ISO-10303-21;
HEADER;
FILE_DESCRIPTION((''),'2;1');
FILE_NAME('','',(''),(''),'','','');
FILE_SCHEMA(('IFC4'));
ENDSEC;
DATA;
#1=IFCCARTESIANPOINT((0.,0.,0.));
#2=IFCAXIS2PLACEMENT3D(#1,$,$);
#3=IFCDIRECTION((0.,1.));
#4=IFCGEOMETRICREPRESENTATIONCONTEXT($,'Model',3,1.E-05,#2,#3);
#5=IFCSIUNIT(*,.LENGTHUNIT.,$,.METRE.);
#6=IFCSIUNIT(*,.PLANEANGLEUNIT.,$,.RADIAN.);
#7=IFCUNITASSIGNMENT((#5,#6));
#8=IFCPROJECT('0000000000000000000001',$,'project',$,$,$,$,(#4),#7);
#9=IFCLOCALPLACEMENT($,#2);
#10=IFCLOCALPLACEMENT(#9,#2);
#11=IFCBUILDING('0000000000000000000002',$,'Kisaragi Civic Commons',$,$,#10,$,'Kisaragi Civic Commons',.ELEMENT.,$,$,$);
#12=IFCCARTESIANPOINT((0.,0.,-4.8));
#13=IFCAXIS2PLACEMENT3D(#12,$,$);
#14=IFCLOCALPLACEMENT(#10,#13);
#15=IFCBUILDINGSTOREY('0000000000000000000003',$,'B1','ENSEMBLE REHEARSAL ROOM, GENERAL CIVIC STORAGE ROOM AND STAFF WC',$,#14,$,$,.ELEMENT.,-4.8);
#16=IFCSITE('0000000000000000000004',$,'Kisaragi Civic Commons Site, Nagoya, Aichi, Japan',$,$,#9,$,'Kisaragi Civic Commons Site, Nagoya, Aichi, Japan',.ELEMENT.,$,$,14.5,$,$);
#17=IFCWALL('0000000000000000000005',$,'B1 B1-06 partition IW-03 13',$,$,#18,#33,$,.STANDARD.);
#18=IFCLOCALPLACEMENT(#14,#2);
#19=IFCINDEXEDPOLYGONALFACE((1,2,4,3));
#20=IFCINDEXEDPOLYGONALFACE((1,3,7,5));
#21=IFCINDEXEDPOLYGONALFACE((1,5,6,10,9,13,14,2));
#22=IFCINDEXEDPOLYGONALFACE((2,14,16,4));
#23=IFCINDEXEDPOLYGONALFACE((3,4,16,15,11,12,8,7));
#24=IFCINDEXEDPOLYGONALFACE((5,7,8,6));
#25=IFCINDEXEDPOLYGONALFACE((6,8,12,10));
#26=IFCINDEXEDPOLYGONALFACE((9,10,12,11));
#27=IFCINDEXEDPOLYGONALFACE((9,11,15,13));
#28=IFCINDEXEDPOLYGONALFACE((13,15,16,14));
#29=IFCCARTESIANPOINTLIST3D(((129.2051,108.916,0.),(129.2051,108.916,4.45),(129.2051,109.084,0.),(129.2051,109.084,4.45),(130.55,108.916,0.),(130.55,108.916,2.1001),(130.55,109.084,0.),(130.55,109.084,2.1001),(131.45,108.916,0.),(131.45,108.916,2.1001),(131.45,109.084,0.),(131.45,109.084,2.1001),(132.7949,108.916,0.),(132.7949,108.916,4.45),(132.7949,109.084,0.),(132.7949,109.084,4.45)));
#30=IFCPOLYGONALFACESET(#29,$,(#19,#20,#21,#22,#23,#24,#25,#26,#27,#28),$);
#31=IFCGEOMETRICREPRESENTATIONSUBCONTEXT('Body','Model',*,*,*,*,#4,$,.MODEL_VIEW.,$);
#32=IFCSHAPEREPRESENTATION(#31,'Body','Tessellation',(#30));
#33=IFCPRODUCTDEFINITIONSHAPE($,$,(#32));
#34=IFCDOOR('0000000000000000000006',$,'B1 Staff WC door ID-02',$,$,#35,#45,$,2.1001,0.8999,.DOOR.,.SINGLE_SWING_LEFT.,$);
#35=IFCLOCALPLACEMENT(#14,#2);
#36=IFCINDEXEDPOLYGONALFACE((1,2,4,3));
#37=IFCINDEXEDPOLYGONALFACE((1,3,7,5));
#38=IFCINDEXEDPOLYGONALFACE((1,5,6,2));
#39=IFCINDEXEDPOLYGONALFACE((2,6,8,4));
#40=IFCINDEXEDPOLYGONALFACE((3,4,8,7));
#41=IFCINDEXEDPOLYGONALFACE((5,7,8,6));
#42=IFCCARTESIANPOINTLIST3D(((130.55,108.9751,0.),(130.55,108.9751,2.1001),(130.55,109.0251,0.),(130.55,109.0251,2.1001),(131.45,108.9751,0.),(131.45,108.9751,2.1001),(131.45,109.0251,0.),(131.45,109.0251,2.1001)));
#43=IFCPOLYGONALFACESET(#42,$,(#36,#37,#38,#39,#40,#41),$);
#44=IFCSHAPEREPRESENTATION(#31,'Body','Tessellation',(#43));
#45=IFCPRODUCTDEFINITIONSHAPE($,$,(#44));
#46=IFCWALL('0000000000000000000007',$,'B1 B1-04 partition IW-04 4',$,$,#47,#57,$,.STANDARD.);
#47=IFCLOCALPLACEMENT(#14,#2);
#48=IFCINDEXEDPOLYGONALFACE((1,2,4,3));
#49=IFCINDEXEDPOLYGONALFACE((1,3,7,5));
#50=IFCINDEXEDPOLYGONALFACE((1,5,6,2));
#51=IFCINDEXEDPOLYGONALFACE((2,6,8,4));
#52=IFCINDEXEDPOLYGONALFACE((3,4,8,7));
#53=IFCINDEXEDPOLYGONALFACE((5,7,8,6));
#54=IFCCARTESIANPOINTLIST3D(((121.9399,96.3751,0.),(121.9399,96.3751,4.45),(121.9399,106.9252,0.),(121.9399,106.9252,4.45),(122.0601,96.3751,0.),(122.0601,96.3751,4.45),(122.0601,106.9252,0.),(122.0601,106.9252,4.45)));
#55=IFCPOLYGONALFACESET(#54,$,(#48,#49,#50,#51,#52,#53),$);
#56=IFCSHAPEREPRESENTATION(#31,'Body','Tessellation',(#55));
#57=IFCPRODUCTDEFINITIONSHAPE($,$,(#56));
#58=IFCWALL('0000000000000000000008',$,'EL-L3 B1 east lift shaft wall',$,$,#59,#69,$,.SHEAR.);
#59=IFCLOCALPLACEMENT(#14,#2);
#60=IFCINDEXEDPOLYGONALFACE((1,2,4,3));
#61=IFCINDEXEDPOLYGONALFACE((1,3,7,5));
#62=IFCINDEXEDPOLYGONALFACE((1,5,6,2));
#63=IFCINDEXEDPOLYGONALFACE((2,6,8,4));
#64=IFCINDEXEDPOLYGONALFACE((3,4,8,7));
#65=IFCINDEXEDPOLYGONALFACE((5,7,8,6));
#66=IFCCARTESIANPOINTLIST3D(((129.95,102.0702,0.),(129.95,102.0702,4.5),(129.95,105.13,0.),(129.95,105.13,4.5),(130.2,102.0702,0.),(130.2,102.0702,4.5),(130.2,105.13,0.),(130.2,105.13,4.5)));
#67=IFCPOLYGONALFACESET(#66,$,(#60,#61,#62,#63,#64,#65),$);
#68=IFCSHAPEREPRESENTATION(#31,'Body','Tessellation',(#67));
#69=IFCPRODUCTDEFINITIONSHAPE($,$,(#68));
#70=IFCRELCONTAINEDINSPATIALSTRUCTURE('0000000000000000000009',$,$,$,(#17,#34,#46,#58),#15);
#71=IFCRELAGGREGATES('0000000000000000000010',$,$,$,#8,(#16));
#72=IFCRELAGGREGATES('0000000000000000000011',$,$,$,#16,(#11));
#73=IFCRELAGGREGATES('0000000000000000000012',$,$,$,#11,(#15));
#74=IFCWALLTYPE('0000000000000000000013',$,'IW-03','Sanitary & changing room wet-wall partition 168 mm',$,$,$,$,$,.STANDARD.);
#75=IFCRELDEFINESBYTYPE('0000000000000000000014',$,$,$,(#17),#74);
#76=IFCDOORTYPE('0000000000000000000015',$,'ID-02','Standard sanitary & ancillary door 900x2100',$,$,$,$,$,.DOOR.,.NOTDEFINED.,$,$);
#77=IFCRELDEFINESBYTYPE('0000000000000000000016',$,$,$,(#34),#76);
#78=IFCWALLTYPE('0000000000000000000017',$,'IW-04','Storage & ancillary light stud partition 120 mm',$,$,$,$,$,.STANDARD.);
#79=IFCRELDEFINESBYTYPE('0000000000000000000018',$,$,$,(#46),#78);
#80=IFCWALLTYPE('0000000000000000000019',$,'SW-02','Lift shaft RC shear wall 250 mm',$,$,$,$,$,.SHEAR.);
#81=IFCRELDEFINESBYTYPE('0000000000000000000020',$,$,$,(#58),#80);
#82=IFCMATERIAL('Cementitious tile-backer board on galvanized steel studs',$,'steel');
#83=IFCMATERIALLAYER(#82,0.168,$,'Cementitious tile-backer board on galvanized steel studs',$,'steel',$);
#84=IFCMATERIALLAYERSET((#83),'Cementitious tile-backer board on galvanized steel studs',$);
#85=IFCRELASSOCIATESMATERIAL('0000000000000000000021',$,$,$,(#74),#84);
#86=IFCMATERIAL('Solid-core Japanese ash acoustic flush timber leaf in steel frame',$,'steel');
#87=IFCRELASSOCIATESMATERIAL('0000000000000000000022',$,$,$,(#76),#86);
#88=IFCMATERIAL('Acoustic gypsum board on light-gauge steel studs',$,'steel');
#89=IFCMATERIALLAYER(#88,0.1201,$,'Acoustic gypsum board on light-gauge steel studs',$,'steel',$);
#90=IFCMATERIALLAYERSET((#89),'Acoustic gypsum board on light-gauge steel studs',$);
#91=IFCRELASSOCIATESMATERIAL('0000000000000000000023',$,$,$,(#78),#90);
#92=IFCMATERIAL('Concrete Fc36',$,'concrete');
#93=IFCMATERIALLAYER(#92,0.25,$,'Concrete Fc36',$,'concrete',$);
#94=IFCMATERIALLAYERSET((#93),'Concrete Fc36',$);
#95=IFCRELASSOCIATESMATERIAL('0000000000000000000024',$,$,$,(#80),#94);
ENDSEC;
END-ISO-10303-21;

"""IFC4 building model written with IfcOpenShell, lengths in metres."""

from ifc_helpers import new_model, si_unit, direction, frame, frame_2d, origin, place, context, subcontext, project, spatial, rectangle, extrude, material, layer, layer_set, type_object, element, fill, save


model = new_model("IFC4")

# Units and contexts
model_context = context("Model", 3, precision=1e-05, world=origin(), true_north=direction((0.0, 1.0)))
body_context = subcontext(model_context, "Body", "Model", "MODEL_VIEW")
ifc_project = project(units=[si_unit("LENGTHUNIT", "METRE"), si_unit("PLANEANGLEUNIT", "RADIAN")], contexts=[model_context])

# Site, building, storey
site_placement = place(None, origin())
site = spatial("IfcSite", under=ifc_project, at=site_placement, Name="Kisaragi Civic Commons Site, Nagoya, Aichi, Japan", LongName="Kisaragi Civic Commons Site, Nagoya, Aichi, Japan", CompositionType="ELEMENT", RefElevation=14.5)
building_placement = place(site_placement, origin())
building = spatial("IfcBuilding", under=site, at=building_placement, Name="Kisaragi Civic Commons", LongName="Kisaragi Civic Commons", CompositionType="ELEMENT")
storey_placement = place(building_placement, frame((0.0, 0.0, -4.8)))
storey = spatial("IfcBuildingStorey", under=building, at=storey_placement, Name="B1", Description="ENSEMBLE REHEARSAL ROOM, GENERAL CIVIC STORAGE ROOM AND STAFF WC", CompositionType="ELEMENT", Elevation=-4.8)

# Shared definitions
ifc_material_1 = material(Name="Concrete Fc36", Category="concrete")

# Shared definitions
ifc_material_2 = material(Name="Cementitious tile-backer board on galvanized steel studs", Category="steel")
ifc_layer_1 = layer(ifc_material_2, 0.168, Name="Cementitious tile-backer board on galvanized steel studs", Category="steel")
ifc_layer_set_1 = layer_set([ifc_layer_1], Name="Cementitious tile-backer board on galvanized steel studs")
wall_type_1 = type_object("IfcWallType", Name="IW-03", Description="Sanitary & changing room wet-wall partition 168 mm", PredefinedType="STANDARD", material=ifc_layer_set_1)

# Wall, opening, door
ifc_material_3 = material(Name="Solid-core Japanese ash acoustic flush timber leaf in steel frame", Category="steel")
wall_1_placement = place(storey_placement, frame((132.7949, 109.0, 0.0), z_axis=(0.0, 0.0, 1.0), x_axis=(-1.0, 0.0, 0.0)))
wall_1 = element("IfcWall", 1, at=wall_1_placement, inside=storey, type_object=wall_type_1, Name="B1 B1-06 partition IW-03 13", PredefinedType="STANDARD", context=body_context, shape_type="SweptSolid", body=[
    extrude(rectangle(XDim=3.5898, YDim=0.168, at=frame_2d((1.7949, 0.0))), origin(), (0.0, 0.0, 1.0), 4.45),
])
opening_1_placement = place(wall_1_placement, frame((1.345, 0.0, 0.0)))
opening_1 = element("IfcOpeningElement", 2, at=opening_1_placement, cuts=wall_1, PredefinedType="OPENING", context=body_context, shape_type="SweptSolid", body=[
    extrude(rectangle(XDim=0.8999, YDim=2.1001, at=frame_2d((0.45, 1.05))), frame((0.0, 0.094, 0.0), z_axis=(0.0, -1.0, 0.0), x_axis=(1.0, 0.0, 0.0)), (0.0, 0.0, 1.0), 0.188),
])
door_type_1 = type_object("IfcDoorType", Name="ID-02", Description="Standard sanitary & ancillary door 900x2100", OperationType="NOTDEFINED", PredefinedType="DOOR", material=ifc_material_3)
door_1_placement = place(opening_1_placement, origin())
door_1 = element("IfcDoor", 3, at=door_1_placement, inside=storey, type_object=door_type_1, Name="B1 Staff WC door ID-02", OperationType="SINGLE_SWING_LEFT", OverallHeight=2.1001, OverallWidth=0.8999, PredefinedType="DOOR", context=body_context, shape_type="SweptSolid", body=[
    extrude(rectangle(XDim=0.8999, YDim=2.1001, at=frame_2d((0.45, 1.05))), frame((0.0, 0.0249, 0.0), z_axis=(0.0, -1.0, 0.0), x_axis=(1.0, 0.0, 0.0)), (0.0, 0.0, 1.0), 0.05),
])
fill(opening_1, door_1)

# Wall
ifc_material_4 = material(Name="Acoustic gypsum board on light-gauge steel studs", Category="steel")
ifc_layer_2 = layer(ifc_material_4, 0.1201, Name="Acoustic gypsum board on light-gauge steel studs", Category="steel")
ifc_layer_set_2 = layer_set([ifc_layer_2], Name="Acoustic gypsum board on light-gauge steel studs")
wall_type_2 = type_object("IfcWallType", Name="IW-04", Description="Storage & ancillary light stud partition 120 mm", PredefinedType="STANDARD", material=ifc_layer_set_2)
wall_2_placement = place(storey_placement, frame((122.0, 106.925, 0.0), z_axis=(0.0, 0.0, 1.0), x_axis=(0.0, -1.0, 0.0)))
element("IfcWall", 4, at=wall_2_placement, inside=storey, type_object=wall_type_2, Name="B1 B1-04 partition IW-04 4", PredefinedType="STANDARD", context=body_context, shape_type="SweptSolid", body=[
    extrude(rectangle(XDim=10.55, YDim=0.1201, at=frame_2d((5.2749, 0.0))), origin(), (0.0, 0.0, 1.0), 4.45),
])

# Shared definitions
ifc_layer_3 = layer(ifc_material_1, 0.25, Name="Concrete Fc36", Category="concrete")
ifc_layer_set_3 = layer_set([ifc_layer_3], Name="Concrete Fc36")
wall_type_3 = type_object("IfcWallType", Name="SW-02", Description="Lift shaft RC shear wall 250 mm", PredefinedType="SHEAR", material=ifc_layer_set_3)

# Wall
wall_3_placement = place(storey_placement, frame((130.075, 105.1299, 0.0), z_axis=(0.0, 0.0, 1.0), x_axis=(0.0, -1.0, 0.0)))
element("IfcWall", 5, at=wall_3_placement, inside=storey, type_object=wall_type_3, Name="EL-L3 B1 east lift shaft wall", PredefinedType="SHEAR", context=body_context, shape_type="SweptSolid", body=[
    extrude(rectangle(XDim=3.0598, YDim=0.25, at=frame_2d((1.5298, 0.0))), origin(), (0.0, 0.0, 1.0), 4.5),
])

save(model, "model.ifc")
